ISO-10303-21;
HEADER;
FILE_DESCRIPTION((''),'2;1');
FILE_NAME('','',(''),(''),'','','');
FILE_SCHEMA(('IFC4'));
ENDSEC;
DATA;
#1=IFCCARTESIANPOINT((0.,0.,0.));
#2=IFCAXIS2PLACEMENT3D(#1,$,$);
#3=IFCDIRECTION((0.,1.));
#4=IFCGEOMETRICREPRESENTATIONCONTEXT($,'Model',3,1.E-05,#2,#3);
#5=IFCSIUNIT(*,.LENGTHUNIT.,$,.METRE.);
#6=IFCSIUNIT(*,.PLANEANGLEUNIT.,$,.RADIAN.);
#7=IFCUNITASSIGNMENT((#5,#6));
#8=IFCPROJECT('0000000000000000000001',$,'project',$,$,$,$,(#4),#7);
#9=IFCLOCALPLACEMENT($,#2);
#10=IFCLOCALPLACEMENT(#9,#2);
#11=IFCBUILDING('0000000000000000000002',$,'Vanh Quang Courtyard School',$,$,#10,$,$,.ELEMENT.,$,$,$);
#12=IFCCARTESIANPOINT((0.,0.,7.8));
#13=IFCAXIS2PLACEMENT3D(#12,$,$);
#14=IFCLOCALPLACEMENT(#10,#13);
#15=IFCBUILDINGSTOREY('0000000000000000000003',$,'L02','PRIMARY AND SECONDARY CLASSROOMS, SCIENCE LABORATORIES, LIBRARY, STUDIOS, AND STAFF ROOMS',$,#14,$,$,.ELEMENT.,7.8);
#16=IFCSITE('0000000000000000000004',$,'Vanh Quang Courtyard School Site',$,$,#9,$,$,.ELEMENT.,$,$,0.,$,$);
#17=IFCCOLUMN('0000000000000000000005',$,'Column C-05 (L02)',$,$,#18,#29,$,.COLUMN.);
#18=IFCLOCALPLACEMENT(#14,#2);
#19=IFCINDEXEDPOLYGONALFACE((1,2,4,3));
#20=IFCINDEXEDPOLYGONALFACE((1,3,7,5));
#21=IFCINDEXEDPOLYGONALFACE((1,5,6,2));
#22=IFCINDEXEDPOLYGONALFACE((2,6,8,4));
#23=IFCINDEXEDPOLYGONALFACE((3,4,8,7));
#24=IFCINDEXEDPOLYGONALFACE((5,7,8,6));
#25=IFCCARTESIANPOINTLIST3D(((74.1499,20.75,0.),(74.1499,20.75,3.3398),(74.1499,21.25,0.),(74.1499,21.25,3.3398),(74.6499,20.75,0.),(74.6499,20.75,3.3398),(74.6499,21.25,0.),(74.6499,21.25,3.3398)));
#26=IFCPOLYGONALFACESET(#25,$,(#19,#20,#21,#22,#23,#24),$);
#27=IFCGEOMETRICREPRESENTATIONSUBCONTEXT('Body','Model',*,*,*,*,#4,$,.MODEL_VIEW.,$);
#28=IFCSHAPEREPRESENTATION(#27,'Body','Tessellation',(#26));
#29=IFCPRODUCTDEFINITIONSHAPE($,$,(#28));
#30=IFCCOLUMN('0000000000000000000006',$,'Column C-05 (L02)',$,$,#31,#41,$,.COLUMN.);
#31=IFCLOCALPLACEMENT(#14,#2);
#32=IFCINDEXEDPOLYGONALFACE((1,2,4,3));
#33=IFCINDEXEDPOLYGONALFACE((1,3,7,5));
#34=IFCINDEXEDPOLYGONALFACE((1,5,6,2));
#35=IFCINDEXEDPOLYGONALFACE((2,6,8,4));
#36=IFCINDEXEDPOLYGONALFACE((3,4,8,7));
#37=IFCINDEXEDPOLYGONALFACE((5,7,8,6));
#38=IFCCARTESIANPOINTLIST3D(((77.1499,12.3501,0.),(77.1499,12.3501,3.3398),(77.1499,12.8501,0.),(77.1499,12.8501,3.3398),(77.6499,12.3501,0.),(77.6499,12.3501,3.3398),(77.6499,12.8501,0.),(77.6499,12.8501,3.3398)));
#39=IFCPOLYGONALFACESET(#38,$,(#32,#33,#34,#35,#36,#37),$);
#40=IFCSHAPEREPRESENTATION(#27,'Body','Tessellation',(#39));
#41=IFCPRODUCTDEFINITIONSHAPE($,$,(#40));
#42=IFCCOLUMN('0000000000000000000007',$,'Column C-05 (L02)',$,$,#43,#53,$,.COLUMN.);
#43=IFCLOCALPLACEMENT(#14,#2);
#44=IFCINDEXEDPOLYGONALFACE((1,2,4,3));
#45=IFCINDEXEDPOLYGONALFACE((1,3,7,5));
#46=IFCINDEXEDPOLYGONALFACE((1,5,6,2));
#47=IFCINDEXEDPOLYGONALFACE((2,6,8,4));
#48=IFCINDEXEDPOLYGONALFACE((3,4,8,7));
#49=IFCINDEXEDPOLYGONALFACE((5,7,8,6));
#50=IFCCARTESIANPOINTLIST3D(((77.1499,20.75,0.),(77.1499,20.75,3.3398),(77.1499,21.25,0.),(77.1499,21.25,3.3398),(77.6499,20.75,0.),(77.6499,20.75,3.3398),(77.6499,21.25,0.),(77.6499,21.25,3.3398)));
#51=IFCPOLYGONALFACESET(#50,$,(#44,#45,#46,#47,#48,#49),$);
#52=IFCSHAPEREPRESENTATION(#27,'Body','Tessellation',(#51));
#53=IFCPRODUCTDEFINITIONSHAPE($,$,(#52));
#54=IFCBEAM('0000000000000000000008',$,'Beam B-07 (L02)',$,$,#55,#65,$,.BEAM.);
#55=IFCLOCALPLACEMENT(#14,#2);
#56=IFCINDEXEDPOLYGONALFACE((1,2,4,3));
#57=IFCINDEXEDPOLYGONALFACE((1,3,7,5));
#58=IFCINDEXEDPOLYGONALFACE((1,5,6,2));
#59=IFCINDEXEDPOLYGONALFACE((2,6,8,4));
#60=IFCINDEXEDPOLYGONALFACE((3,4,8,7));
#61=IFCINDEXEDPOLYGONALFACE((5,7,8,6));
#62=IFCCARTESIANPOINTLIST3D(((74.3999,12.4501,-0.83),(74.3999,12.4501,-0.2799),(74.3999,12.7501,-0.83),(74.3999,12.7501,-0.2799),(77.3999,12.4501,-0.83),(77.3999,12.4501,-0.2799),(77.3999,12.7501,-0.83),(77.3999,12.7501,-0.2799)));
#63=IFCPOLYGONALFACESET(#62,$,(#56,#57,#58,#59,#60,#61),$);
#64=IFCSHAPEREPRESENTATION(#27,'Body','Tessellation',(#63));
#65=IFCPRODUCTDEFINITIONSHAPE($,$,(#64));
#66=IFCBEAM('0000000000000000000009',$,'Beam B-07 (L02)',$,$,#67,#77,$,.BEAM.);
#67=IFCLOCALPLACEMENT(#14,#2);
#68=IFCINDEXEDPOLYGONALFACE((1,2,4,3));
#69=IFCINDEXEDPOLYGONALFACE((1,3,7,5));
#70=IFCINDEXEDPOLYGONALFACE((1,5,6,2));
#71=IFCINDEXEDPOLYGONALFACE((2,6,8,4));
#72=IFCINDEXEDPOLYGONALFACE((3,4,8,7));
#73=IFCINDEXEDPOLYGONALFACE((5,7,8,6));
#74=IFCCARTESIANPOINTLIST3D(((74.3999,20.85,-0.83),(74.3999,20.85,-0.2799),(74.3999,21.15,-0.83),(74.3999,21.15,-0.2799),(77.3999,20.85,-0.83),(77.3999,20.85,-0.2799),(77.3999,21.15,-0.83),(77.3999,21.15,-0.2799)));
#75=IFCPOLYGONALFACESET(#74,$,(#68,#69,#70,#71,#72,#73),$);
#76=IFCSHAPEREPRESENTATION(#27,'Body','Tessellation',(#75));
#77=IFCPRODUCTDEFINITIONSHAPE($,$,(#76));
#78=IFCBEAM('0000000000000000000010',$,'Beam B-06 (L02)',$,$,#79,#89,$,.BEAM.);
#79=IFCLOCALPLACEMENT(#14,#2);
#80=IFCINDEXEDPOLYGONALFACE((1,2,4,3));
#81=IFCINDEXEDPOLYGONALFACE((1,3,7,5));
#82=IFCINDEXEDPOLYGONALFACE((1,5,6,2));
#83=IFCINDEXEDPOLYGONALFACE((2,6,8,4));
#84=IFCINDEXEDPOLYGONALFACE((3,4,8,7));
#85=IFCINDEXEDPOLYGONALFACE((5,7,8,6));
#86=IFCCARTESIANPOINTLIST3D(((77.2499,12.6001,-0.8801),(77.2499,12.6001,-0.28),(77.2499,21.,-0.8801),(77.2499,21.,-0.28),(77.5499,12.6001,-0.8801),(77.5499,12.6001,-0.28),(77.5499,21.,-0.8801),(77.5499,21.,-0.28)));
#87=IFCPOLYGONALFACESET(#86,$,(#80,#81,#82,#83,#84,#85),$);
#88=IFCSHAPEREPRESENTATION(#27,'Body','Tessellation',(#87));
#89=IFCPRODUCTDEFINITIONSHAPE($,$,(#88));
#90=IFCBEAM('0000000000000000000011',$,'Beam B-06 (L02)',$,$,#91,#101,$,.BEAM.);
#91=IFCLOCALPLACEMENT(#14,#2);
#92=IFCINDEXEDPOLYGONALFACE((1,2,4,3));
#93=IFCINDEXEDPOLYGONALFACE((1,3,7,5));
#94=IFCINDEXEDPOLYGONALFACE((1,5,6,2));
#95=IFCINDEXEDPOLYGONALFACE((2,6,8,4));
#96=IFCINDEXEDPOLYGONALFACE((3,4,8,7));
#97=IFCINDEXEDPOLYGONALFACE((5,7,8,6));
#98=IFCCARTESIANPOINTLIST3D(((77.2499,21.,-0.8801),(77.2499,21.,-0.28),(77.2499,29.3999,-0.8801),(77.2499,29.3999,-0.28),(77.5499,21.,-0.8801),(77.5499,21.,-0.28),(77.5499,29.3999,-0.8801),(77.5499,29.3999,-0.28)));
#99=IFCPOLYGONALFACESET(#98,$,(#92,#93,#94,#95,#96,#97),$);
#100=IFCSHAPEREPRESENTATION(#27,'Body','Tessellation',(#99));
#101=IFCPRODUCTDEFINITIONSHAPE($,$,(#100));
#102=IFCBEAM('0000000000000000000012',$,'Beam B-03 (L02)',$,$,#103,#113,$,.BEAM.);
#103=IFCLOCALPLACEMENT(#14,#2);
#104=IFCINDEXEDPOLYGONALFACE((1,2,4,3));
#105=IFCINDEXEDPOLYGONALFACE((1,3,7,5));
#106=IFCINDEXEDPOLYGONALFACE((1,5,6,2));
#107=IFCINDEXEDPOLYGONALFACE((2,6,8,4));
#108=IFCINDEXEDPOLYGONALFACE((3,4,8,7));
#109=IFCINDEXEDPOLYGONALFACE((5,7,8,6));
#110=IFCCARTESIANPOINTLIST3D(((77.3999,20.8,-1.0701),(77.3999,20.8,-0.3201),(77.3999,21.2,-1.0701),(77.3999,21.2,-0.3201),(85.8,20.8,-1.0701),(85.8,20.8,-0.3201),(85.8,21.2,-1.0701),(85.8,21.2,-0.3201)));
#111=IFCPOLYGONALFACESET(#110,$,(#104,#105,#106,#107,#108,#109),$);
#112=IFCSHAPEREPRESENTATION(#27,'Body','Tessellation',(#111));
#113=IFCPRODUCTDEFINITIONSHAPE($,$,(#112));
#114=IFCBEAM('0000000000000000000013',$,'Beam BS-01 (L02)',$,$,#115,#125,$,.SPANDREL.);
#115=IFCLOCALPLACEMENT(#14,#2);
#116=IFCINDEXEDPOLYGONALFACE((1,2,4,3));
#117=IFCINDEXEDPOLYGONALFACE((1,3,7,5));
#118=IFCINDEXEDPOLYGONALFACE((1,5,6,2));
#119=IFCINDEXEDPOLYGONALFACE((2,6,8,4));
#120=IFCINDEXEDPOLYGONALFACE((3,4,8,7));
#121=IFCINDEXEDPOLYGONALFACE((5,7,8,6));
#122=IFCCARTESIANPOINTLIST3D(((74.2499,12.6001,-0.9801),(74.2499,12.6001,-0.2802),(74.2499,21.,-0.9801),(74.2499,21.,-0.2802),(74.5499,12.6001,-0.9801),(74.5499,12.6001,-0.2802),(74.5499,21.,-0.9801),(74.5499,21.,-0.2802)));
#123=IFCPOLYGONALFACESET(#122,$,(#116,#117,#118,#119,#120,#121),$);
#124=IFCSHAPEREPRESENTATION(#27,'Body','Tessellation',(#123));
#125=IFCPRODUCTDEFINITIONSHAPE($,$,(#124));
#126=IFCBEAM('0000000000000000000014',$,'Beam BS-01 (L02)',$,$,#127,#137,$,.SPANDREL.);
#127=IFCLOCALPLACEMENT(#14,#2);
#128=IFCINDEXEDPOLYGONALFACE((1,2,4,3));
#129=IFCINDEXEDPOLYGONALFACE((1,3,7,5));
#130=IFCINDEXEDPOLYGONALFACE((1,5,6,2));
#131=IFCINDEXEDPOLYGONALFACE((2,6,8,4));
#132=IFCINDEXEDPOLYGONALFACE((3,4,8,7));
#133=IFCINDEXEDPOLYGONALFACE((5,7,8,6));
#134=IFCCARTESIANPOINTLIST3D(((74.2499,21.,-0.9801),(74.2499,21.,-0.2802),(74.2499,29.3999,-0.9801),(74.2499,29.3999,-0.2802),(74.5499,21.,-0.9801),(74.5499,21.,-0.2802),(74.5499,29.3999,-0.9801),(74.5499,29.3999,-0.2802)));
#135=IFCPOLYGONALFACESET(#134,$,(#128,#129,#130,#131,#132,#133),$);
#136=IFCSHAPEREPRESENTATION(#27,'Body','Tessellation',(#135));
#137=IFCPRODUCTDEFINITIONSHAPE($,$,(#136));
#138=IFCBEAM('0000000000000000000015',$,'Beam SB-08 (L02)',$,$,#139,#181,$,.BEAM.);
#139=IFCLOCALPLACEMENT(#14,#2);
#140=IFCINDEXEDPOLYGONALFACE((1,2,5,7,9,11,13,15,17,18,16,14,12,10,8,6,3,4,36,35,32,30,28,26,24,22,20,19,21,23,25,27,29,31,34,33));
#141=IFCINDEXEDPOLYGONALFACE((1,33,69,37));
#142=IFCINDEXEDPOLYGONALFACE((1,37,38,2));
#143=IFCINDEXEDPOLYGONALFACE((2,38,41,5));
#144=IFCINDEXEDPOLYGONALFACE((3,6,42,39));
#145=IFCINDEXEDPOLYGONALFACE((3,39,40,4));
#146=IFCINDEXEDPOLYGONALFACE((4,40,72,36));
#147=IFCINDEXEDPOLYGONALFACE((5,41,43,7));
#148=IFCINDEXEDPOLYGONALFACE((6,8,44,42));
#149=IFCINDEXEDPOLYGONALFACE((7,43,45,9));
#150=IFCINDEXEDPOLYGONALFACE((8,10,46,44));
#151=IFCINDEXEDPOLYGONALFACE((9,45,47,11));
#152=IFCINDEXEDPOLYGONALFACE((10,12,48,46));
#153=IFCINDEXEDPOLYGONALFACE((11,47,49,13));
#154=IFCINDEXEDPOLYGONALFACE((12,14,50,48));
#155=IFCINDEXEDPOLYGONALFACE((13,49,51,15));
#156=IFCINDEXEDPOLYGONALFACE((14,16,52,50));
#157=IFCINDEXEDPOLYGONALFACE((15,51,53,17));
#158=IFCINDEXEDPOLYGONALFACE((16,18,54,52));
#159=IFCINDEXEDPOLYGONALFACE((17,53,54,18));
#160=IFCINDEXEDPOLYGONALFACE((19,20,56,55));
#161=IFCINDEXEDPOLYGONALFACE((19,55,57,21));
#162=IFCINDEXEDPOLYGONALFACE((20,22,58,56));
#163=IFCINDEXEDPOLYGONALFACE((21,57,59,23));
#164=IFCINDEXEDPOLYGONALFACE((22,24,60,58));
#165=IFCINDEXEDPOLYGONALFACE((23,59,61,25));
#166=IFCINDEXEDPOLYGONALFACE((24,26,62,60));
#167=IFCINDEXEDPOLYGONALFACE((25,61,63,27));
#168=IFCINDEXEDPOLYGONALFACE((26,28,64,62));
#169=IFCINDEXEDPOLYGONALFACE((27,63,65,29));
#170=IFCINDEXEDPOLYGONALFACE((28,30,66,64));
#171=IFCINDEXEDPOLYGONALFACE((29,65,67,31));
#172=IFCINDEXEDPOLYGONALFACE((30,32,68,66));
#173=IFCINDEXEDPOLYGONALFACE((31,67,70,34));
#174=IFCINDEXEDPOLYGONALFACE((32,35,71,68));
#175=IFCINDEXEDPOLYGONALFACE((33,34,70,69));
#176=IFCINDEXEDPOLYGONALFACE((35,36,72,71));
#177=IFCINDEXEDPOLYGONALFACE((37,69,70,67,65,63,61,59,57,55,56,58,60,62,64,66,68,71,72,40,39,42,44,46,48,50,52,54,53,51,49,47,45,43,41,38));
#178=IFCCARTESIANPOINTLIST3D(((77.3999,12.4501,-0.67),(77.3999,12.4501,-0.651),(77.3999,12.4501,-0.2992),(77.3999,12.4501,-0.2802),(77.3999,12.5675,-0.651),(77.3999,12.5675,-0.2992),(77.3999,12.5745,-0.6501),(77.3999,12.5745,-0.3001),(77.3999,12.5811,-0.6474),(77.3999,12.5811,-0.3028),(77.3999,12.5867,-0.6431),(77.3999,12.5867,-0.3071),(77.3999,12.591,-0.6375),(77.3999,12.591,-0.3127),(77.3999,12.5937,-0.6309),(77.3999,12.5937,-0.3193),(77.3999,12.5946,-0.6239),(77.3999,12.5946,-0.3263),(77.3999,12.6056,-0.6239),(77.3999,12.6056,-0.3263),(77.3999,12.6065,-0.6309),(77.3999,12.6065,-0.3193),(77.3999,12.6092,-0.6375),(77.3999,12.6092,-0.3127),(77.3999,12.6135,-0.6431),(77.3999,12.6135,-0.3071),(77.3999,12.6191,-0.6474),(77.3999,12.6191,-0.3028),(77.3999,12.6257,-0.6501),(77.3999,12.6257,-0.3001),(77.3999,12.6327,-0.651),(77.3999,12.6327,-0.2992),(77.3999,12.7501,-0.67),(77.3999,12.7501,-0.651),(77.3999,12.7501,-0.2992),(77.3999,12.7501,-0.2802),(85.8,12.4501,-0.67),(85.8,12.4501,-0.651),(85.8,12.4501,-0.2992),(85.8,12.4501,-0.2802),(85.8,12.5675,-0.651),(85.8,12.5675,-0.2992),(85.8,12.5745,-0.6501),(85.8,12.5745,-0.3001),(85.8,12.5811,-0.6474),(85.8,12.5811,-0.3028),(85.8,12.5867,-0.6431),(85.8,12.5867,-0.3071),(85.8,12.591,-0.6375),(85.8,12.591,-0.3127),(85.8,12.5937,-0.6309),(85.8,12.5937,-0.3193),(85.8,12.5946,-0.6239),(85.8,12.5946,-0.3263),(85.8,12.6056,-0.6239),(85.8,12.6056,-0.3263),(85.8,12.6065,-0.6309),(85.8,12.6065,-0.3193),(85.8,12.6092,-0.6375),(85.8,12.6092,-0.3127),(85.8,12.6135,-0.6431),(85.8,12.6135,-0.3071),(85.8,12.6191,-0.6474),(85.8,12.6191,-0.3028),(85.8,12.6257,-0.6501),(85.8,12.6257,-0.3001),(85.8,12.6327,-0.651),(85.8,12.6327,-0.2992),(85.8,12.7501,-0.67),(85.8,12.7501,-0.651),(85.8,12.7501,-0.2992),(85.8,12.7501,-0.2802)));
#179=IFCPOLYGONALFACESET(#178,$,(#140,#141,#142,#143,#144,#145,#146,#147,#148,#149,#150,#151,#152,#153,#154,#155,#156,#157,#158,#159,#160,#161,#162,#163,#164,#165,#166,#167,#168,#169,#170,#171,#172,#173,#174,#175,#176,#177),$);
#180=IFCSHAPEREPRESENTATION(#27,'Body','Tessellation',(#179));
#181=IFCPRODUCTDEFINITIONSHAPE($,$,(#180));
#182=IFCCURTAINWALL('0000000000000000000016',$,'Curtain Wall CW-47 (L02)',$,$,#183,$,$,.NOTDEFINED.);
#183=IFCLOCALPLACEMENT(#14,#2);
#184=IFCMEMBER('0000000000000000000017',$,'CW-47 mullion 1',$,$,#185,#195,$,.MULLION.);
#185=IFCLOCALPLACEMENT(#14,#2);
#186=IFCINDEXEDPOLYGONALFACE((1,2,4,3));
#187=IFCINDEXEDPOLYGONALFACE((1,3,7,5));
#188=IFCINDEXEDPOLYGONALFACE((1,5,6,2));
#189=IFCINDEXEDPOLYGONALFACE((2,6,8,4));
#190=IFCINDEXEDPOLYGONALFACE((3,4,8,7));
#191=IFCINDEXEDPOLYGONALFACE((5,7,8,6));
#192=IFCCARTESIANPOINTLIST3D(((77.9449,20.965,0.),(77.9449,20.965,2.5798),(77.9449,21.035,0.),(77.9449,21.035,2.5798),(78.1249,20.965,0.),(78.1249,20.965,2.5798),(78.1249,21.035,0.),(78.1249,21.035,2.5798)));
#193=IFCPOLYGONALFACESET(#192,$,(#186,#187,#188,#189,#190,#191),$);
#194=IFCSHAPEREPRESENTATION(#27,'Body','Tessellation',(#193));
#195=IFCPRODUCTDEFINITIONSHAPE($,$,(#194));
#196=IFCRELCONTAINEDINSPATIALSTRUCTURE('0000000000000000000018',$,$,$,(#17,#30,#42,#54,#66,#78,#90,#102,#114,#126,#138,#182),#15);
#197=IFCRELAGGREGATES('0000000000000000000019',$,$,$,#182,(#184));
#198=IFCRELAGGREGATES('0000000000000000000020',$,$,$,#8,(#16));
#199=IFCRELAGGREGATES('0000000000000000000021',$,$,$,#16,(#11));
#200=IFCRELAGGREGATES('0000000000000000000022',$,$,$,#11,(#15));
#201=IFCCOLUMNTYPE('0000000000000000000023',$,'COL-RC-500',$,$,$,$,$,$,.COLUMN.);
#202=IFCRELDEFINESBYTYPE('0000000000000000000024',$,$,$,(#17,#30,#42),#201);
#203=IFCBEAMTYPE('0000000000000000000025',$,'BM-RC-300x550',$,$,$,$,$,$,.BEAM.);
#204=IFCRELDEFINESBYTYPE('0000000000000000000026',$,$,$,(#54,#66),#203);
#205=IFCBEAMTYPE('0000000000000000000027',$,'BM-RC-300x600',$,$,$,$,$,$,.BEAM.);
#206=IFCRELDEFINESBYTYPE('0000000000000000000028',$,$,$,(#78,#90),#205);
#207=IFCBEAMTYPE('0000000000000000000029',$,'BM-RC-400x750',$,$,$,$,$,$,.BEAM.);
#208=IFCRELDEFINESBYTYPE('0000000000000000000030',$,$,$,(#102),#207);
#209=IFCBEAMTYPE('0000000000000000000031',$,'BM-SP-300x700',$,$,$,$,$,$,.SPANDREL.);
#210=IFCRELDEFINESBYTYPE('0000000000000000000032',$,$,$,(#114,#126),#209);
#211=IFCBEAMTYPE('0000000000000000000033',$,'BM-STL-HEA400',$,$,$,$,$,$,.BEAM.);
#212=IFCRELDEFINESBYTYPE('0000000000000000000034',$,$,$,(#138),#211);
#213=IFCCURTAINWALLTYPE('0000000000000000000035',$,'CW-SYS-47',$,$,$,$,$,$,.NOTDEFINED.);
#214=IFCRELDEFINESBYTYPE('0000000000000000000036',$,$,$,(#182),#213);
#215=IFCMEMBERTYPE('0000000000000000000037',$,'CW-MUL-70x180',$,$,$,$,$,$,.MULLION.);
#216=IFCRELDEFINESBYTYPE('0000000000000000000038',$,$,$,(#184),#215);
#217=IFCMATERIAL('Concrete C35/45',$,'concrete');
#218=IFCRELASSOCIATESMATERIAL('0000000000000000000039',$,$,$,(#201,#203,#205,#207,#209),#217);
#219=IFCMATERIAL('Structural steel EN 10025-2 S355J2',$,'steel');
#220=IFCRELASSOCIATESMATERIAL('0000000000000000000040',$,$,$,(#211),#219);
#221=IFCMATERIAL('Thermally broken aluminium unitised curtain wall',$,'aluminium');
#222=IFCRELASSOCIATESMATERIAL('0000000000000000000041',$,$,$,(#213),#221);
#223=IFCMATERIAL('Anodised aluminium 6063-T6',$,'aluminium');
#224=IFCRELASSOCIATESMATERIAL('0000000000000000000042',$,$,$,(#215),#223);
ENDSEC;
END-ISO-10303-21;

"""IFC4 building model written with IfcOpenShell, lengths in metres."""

from ifc_helpers import new_model, si_unit, direction, frame, origin, origin_2d, place, context, subcontext, project, spatial, rectangle, i_section, extrude, material, material_profile, profile_set, type_object, element, aggregate, save


model = new_model("IFC4")

# Units and contexts
model_context = context("Model", 3, precision=1e-05, world=origin(), true_north=direction((0.0, 1.0)))
body_context = subcontext(model_context, "Body", "Model", "MODEL_VIEW")
ifc_project = project(units=[si_unit("LENGTHUNIT", "METRE"), si_unit("PLANEANGLEUNIT", "RADIAN")], contexts=[model_context])

# Site, building, storey
site_placement = place(None, origin())
site = spatial("IfcSite", under=ifc_project, at=site_placement, Name="Vanh Quang Courtyard School Site", CompositionType="ELEMENT", RefElevation=0.0)
building_placement = place(site_placement, origin())
building = spatial("IfcBuilding", under=site, at=building_placement, Name="Vanh Quang Courtyard School", CompositionType="ELEMENT")
storey_placement = place(building_placement, frame((0.0, 0.0, 7.8)))
storey = spatial("IfcBuildingStorey", under=building, at=storey_placement, Name="L02", Description="PRIMARY AND SECONDARY CLASSROOMS, SCIENCE LABORATORIES, LIBRARY, STUDIOS, AND STAFF ROOMS", CompositionType="ELEMENT", Elevation=7.8)

# Columns
ifc_material_1 = material(Name="Concrete C35/45", Category="concrete")
ifc_material_profile_1 = material_profile(ifc_material_1, rectangle(XDim=0.5, YDim=0.5, at=origin_2d()), Name="RC-COL 500x500")
ifc_profile_set_1 = profile_set([ifc_material_profile_1], Name="Concrete C35/45")
column_type = type_object("IfcColumnType", Name="COL-RC-500", PredefinedType="COLUMN", material=ifc_profile_set_1)
for number, where, z_axis, x_axis, name in (
    (1, (74.3999, 21.0, 0.0), (0.0, 0.0, 1.0), (1.0, 0.0, 0.0), "Column C-05 (L02)"),
    (2, (77.3999, 12.6001, 0.0), (0.0, 0.0, 1.0), (1.0, 0.0, 0.0), "Column C-05 (L02)"),
    (3, (77.3999, 21.0, 0.0), (0.0, 0.0, 1.0), (1.0, 0.0, 0.0), "Column C-05 (L02)"),
):
    element("IfcColumn", number, at=place(storey_placement, frame(where, z_axis=z_axis, x_axis=x_axis)), inside=storey, type_object=column_type, Name=name, PredefinedType="COLUMN", context=body_context, shape_type="SweptSolid", body=[
        extrude(rectangle(XDim=0.5, YDim=0.5, at=origin_2d()), origin(), (0.0, 0.0, 1.0), 3.3398),
    ])

# Beams
ifc_material_profile_2 = material_profile(ifc_material_1, rectangle(XDim=0.3, YDim=0.55, at=origin_2d()), Name="RC-BM 300x550")
ifc_profile_set_2 = profile_set([ifc_material_profile_2], Name="Concrete C35/45")
beam_type_1 = type_object("IfcBeamType", Name="BM-RC-300x550", PredefinedType="BEAM", material=ifc_profile_set_2)
for number, where, z_axis, x_axis, name in (
    (4, (74.3999, 12.6001, -0.5549), (1.0, 0.0, 0.0), (0.0, 1.0, 0.0), "Beam B-07 (L02)"),
    (5, (74.3999, 21.0, -0.5549), (1.0, 0.0, 0.0), (0.0, 1.0, 0.0), "Beam B-07 (L02)"),
):
    element("IfcBeam", number, at=place(storey_placement, frame(where, z_axis=z_axis, x_axis=x_axis)), inside=storey, type_object=beam_type_1, Name=name, PredefinedType="BEAM", context=body_context, shape_type="SweptSolid", body=[
        extrude(rectangle(XDim=0.3, YDim=0.55, at=origin_2d()), origin(), (0.0, 0.0, 1.0), 3.0),
    ])
ifc_material_profile_3 = material_profile(ifc_material_1, rectangle(XDim=0.3, YDim=0.6001, at=origin_2d()), Name="RC-BM 300x600")
ifc_profile_set_3 = profile_set([ifc_material_profile_3], Name="Concrete C35/45")
beam_type_2 = type_object("IfcBeamType", Name="BM-RC-300x600", PredefinedType="BEAM", material=ifc_profile_set_3)
for number, where, z_axis, x_axis, name in (
    (6, (77.3999, 12.6001, -0.5801), (0.0, 1.0, 0.0), (-1.0, 0.0, 0.0), "Beam B-06 (L02)"),
    (7, (77.3999, 21.0, -0.5801), (0.0, 1.0, 0.0), (-1.0, 0.0, 0.0), "Beam B-06 (L02)"),
):
    element("IfcBeam", number, at=place(storey_placement, frame(where, z_axis=z_axis, x_axis=x_axis)), inside=storey, type_object=beam_type_2, Name=name, PredefinedType="BEAM", context=body_context, shape_type="SweptSolid", body=[
        extrude(rectangle(XDim=0.3, YDim=0.6001, at=origin_2d()), origin(), (0.0, 0.0, 1.0), 8.3999),
    ])
ifc_material_profile_4 = material_profile(ifc_material_1, rectangle(XDim=0.3999, YDim=0.75, at=origin_2d()), Name="RC-BM 400x750")
ifc_profile_set_4 = profile_set([ifc_material_profile_4], Name="Concrete C35/45")
beam_type_3 = type_object("IfcBeamType", Name="BM-RC-400x750", PredefinedType="BEAM", material=ifc_profile_set_4)
beam_1_placement = place(storey_placement, frame((77.3999, 21.0, -0.6951), z_axis=(1.0, 0.0, 0.0), x_axis=(0.0, 1.0, 0.0)))
element("IfcBeam", 8, at=beam_1_placement, inside=storey, type_object=beam_type_3, Name="Beam B-03 (L02)", PredefinedType="BEAM", context=body_context, shape_type="SweptSolid", body=[
    extrude(rectangle(XDim=0.3999, YDim=0.75, at=origin_2d()), origin(), (0.0, 0.0, 1.0), 8.4001),
])
ifc_material_profile_5 = material_profile(ifc_material_1, rectangle(XDim=0.3, YDim=0.7, at=origin_2d()), Name="RC-SP 300x700")
ifc_profile_set_5 = profile_set([ifc_material_profile_5], Name="Concrete C35/45")
beam_type_4 = type_object("IfcBeamType", Name="BM-SP-300x700", PredefinedType="SPANDREL", material=ifc_profile_set_5)
for number, where, z_axis, x_axis, name in (
    (9, (74.3999, 12.6001, -0.6301), (0.0, 1.0, 0.0), (-1.0, 0.0, 0.0), "Beam BS-01 (L02)"),
    (10, (74.3999, 21.0, -0.6301), (0.0, 1.0, 0.0), (-1.0, 0.0, 0.0), "Beam BS-01 (L02)"),
):
    element("IfcBeam", number, at=place(storey_placement, frame(where, z_axis=z_axis, x_axis=x_axis)), inside=storey, type_object=beam_type_4, Name=name, PredefinedType="SPANDREL", context=body_context, shape_type="SweptSolid", body=[
        extrude(rectangle(XDim=0.3, YDim=0.7, at=origin_2d()), origin(), (0.0, 0.0, 1.0), 8.3999),
    ])
ifc_material_2 = material(Name="Structural steel EN 10025-2 S355J2", Category="steel")
ifc_material_profile_6 = material_profile(ifc_material_2, i_section(OverallWidth=0.3, OverallDepth=0.3899, WebThickness=0.011, FlangeThickness=0.019, FilletRadius=0.0271, at=origin_2d()), Name="HEA 400")
ifc_profile_set_6 = profile_set([ifc_material_profile_6], Name="Structural steel EN 10025-2 S355J2")
beam_type_5 = type_object("IfcBeamType", Name="BM-STL-HEA400", PredefinedType="BEAM", material=ifc_profile_set_6)
beam_2_placement = place(storey_placement, frame((77.3999, 12.6001, -0.4751), z_axis=(1.0, 0.0, 0.0), x_axis=(0.0, 1.0, 0.0)))
element("IfcBeam", 11, at=beam_2_placement, inside=storey, type_object=beam_type_5, Name="Beam SB-08 (L02)", PredefinedType="BEAM", context=body_context, shape_type="SweptSolid", body=[
    extrude(i_section(OverallWidth=0.3, OverallDepth=0.3899, WebThickness=0.011, FlangeThickness=0.019, FilletRadius=0.0271, at=origin_2d()), origin(), (0.0, 0.0, 1.0), 8.4001),
])

# Curtain wall, member
ifc_material_3 = material(Name="Thermally broken aluminium unitised curtain wall", Category="aluminium")
curtain_wall_type = type_object("IfcCurtainWallType", Name="CW-SYS-47", PredefinedType="NOTDEFINED", material=ifc_material_3)
curtain_wall_placement = place(storey_placement, origin())
curtain_wall = element("IfcCurtainWall", 12, at=curtain_wall_placement, inside=storey, type_object=curtain_wall_type, Name="Curtain Wall CW-47 (L02)", PredefinedType="NOTDEFINED")
ifc_material_4 = material(Name="Anodised aluminium 6063-T6", Category="aluminium")
ifc_material_profile_7 = material_profile(ifc_material_4, rectangle(XDim=0.0701, YDim=0.1799, at=origin_2d()), Name="ALU-MUL 70x180")
ifc_profile_set_7 = profile_set([ifc_material_profile_7], Name="Anodised aluminium 6063-T6")
member_type_1 = type_object("IfcMemberType", Name="CW-MUL-70x180", PredefinedType="MULLION", material=ifc_profile_set_7)
member_1_placement = place(storey_placement, frame((78.0349, 21.0, 0.0), z_axis=(0.0, 0.0, 1.0), x_axis=(0.0, 1.0, 0.0)))
member_1 = element("IfcMember", 13, at=member_1_placement, type_object=member_type_1, Name="CW-47 mullion 1", PredefinedType="MULLION", context=body_context, shape_type="SweptSolid", body=[
    extrude(rectangle(XDim=0.0701, YDim=0.1799, at=origin_2d()), origin(), (0.0, 0.0, 1.0), 2.5798),
])

aggregate(curtain_wall, [member_1])

save(model, "model.ifc")
